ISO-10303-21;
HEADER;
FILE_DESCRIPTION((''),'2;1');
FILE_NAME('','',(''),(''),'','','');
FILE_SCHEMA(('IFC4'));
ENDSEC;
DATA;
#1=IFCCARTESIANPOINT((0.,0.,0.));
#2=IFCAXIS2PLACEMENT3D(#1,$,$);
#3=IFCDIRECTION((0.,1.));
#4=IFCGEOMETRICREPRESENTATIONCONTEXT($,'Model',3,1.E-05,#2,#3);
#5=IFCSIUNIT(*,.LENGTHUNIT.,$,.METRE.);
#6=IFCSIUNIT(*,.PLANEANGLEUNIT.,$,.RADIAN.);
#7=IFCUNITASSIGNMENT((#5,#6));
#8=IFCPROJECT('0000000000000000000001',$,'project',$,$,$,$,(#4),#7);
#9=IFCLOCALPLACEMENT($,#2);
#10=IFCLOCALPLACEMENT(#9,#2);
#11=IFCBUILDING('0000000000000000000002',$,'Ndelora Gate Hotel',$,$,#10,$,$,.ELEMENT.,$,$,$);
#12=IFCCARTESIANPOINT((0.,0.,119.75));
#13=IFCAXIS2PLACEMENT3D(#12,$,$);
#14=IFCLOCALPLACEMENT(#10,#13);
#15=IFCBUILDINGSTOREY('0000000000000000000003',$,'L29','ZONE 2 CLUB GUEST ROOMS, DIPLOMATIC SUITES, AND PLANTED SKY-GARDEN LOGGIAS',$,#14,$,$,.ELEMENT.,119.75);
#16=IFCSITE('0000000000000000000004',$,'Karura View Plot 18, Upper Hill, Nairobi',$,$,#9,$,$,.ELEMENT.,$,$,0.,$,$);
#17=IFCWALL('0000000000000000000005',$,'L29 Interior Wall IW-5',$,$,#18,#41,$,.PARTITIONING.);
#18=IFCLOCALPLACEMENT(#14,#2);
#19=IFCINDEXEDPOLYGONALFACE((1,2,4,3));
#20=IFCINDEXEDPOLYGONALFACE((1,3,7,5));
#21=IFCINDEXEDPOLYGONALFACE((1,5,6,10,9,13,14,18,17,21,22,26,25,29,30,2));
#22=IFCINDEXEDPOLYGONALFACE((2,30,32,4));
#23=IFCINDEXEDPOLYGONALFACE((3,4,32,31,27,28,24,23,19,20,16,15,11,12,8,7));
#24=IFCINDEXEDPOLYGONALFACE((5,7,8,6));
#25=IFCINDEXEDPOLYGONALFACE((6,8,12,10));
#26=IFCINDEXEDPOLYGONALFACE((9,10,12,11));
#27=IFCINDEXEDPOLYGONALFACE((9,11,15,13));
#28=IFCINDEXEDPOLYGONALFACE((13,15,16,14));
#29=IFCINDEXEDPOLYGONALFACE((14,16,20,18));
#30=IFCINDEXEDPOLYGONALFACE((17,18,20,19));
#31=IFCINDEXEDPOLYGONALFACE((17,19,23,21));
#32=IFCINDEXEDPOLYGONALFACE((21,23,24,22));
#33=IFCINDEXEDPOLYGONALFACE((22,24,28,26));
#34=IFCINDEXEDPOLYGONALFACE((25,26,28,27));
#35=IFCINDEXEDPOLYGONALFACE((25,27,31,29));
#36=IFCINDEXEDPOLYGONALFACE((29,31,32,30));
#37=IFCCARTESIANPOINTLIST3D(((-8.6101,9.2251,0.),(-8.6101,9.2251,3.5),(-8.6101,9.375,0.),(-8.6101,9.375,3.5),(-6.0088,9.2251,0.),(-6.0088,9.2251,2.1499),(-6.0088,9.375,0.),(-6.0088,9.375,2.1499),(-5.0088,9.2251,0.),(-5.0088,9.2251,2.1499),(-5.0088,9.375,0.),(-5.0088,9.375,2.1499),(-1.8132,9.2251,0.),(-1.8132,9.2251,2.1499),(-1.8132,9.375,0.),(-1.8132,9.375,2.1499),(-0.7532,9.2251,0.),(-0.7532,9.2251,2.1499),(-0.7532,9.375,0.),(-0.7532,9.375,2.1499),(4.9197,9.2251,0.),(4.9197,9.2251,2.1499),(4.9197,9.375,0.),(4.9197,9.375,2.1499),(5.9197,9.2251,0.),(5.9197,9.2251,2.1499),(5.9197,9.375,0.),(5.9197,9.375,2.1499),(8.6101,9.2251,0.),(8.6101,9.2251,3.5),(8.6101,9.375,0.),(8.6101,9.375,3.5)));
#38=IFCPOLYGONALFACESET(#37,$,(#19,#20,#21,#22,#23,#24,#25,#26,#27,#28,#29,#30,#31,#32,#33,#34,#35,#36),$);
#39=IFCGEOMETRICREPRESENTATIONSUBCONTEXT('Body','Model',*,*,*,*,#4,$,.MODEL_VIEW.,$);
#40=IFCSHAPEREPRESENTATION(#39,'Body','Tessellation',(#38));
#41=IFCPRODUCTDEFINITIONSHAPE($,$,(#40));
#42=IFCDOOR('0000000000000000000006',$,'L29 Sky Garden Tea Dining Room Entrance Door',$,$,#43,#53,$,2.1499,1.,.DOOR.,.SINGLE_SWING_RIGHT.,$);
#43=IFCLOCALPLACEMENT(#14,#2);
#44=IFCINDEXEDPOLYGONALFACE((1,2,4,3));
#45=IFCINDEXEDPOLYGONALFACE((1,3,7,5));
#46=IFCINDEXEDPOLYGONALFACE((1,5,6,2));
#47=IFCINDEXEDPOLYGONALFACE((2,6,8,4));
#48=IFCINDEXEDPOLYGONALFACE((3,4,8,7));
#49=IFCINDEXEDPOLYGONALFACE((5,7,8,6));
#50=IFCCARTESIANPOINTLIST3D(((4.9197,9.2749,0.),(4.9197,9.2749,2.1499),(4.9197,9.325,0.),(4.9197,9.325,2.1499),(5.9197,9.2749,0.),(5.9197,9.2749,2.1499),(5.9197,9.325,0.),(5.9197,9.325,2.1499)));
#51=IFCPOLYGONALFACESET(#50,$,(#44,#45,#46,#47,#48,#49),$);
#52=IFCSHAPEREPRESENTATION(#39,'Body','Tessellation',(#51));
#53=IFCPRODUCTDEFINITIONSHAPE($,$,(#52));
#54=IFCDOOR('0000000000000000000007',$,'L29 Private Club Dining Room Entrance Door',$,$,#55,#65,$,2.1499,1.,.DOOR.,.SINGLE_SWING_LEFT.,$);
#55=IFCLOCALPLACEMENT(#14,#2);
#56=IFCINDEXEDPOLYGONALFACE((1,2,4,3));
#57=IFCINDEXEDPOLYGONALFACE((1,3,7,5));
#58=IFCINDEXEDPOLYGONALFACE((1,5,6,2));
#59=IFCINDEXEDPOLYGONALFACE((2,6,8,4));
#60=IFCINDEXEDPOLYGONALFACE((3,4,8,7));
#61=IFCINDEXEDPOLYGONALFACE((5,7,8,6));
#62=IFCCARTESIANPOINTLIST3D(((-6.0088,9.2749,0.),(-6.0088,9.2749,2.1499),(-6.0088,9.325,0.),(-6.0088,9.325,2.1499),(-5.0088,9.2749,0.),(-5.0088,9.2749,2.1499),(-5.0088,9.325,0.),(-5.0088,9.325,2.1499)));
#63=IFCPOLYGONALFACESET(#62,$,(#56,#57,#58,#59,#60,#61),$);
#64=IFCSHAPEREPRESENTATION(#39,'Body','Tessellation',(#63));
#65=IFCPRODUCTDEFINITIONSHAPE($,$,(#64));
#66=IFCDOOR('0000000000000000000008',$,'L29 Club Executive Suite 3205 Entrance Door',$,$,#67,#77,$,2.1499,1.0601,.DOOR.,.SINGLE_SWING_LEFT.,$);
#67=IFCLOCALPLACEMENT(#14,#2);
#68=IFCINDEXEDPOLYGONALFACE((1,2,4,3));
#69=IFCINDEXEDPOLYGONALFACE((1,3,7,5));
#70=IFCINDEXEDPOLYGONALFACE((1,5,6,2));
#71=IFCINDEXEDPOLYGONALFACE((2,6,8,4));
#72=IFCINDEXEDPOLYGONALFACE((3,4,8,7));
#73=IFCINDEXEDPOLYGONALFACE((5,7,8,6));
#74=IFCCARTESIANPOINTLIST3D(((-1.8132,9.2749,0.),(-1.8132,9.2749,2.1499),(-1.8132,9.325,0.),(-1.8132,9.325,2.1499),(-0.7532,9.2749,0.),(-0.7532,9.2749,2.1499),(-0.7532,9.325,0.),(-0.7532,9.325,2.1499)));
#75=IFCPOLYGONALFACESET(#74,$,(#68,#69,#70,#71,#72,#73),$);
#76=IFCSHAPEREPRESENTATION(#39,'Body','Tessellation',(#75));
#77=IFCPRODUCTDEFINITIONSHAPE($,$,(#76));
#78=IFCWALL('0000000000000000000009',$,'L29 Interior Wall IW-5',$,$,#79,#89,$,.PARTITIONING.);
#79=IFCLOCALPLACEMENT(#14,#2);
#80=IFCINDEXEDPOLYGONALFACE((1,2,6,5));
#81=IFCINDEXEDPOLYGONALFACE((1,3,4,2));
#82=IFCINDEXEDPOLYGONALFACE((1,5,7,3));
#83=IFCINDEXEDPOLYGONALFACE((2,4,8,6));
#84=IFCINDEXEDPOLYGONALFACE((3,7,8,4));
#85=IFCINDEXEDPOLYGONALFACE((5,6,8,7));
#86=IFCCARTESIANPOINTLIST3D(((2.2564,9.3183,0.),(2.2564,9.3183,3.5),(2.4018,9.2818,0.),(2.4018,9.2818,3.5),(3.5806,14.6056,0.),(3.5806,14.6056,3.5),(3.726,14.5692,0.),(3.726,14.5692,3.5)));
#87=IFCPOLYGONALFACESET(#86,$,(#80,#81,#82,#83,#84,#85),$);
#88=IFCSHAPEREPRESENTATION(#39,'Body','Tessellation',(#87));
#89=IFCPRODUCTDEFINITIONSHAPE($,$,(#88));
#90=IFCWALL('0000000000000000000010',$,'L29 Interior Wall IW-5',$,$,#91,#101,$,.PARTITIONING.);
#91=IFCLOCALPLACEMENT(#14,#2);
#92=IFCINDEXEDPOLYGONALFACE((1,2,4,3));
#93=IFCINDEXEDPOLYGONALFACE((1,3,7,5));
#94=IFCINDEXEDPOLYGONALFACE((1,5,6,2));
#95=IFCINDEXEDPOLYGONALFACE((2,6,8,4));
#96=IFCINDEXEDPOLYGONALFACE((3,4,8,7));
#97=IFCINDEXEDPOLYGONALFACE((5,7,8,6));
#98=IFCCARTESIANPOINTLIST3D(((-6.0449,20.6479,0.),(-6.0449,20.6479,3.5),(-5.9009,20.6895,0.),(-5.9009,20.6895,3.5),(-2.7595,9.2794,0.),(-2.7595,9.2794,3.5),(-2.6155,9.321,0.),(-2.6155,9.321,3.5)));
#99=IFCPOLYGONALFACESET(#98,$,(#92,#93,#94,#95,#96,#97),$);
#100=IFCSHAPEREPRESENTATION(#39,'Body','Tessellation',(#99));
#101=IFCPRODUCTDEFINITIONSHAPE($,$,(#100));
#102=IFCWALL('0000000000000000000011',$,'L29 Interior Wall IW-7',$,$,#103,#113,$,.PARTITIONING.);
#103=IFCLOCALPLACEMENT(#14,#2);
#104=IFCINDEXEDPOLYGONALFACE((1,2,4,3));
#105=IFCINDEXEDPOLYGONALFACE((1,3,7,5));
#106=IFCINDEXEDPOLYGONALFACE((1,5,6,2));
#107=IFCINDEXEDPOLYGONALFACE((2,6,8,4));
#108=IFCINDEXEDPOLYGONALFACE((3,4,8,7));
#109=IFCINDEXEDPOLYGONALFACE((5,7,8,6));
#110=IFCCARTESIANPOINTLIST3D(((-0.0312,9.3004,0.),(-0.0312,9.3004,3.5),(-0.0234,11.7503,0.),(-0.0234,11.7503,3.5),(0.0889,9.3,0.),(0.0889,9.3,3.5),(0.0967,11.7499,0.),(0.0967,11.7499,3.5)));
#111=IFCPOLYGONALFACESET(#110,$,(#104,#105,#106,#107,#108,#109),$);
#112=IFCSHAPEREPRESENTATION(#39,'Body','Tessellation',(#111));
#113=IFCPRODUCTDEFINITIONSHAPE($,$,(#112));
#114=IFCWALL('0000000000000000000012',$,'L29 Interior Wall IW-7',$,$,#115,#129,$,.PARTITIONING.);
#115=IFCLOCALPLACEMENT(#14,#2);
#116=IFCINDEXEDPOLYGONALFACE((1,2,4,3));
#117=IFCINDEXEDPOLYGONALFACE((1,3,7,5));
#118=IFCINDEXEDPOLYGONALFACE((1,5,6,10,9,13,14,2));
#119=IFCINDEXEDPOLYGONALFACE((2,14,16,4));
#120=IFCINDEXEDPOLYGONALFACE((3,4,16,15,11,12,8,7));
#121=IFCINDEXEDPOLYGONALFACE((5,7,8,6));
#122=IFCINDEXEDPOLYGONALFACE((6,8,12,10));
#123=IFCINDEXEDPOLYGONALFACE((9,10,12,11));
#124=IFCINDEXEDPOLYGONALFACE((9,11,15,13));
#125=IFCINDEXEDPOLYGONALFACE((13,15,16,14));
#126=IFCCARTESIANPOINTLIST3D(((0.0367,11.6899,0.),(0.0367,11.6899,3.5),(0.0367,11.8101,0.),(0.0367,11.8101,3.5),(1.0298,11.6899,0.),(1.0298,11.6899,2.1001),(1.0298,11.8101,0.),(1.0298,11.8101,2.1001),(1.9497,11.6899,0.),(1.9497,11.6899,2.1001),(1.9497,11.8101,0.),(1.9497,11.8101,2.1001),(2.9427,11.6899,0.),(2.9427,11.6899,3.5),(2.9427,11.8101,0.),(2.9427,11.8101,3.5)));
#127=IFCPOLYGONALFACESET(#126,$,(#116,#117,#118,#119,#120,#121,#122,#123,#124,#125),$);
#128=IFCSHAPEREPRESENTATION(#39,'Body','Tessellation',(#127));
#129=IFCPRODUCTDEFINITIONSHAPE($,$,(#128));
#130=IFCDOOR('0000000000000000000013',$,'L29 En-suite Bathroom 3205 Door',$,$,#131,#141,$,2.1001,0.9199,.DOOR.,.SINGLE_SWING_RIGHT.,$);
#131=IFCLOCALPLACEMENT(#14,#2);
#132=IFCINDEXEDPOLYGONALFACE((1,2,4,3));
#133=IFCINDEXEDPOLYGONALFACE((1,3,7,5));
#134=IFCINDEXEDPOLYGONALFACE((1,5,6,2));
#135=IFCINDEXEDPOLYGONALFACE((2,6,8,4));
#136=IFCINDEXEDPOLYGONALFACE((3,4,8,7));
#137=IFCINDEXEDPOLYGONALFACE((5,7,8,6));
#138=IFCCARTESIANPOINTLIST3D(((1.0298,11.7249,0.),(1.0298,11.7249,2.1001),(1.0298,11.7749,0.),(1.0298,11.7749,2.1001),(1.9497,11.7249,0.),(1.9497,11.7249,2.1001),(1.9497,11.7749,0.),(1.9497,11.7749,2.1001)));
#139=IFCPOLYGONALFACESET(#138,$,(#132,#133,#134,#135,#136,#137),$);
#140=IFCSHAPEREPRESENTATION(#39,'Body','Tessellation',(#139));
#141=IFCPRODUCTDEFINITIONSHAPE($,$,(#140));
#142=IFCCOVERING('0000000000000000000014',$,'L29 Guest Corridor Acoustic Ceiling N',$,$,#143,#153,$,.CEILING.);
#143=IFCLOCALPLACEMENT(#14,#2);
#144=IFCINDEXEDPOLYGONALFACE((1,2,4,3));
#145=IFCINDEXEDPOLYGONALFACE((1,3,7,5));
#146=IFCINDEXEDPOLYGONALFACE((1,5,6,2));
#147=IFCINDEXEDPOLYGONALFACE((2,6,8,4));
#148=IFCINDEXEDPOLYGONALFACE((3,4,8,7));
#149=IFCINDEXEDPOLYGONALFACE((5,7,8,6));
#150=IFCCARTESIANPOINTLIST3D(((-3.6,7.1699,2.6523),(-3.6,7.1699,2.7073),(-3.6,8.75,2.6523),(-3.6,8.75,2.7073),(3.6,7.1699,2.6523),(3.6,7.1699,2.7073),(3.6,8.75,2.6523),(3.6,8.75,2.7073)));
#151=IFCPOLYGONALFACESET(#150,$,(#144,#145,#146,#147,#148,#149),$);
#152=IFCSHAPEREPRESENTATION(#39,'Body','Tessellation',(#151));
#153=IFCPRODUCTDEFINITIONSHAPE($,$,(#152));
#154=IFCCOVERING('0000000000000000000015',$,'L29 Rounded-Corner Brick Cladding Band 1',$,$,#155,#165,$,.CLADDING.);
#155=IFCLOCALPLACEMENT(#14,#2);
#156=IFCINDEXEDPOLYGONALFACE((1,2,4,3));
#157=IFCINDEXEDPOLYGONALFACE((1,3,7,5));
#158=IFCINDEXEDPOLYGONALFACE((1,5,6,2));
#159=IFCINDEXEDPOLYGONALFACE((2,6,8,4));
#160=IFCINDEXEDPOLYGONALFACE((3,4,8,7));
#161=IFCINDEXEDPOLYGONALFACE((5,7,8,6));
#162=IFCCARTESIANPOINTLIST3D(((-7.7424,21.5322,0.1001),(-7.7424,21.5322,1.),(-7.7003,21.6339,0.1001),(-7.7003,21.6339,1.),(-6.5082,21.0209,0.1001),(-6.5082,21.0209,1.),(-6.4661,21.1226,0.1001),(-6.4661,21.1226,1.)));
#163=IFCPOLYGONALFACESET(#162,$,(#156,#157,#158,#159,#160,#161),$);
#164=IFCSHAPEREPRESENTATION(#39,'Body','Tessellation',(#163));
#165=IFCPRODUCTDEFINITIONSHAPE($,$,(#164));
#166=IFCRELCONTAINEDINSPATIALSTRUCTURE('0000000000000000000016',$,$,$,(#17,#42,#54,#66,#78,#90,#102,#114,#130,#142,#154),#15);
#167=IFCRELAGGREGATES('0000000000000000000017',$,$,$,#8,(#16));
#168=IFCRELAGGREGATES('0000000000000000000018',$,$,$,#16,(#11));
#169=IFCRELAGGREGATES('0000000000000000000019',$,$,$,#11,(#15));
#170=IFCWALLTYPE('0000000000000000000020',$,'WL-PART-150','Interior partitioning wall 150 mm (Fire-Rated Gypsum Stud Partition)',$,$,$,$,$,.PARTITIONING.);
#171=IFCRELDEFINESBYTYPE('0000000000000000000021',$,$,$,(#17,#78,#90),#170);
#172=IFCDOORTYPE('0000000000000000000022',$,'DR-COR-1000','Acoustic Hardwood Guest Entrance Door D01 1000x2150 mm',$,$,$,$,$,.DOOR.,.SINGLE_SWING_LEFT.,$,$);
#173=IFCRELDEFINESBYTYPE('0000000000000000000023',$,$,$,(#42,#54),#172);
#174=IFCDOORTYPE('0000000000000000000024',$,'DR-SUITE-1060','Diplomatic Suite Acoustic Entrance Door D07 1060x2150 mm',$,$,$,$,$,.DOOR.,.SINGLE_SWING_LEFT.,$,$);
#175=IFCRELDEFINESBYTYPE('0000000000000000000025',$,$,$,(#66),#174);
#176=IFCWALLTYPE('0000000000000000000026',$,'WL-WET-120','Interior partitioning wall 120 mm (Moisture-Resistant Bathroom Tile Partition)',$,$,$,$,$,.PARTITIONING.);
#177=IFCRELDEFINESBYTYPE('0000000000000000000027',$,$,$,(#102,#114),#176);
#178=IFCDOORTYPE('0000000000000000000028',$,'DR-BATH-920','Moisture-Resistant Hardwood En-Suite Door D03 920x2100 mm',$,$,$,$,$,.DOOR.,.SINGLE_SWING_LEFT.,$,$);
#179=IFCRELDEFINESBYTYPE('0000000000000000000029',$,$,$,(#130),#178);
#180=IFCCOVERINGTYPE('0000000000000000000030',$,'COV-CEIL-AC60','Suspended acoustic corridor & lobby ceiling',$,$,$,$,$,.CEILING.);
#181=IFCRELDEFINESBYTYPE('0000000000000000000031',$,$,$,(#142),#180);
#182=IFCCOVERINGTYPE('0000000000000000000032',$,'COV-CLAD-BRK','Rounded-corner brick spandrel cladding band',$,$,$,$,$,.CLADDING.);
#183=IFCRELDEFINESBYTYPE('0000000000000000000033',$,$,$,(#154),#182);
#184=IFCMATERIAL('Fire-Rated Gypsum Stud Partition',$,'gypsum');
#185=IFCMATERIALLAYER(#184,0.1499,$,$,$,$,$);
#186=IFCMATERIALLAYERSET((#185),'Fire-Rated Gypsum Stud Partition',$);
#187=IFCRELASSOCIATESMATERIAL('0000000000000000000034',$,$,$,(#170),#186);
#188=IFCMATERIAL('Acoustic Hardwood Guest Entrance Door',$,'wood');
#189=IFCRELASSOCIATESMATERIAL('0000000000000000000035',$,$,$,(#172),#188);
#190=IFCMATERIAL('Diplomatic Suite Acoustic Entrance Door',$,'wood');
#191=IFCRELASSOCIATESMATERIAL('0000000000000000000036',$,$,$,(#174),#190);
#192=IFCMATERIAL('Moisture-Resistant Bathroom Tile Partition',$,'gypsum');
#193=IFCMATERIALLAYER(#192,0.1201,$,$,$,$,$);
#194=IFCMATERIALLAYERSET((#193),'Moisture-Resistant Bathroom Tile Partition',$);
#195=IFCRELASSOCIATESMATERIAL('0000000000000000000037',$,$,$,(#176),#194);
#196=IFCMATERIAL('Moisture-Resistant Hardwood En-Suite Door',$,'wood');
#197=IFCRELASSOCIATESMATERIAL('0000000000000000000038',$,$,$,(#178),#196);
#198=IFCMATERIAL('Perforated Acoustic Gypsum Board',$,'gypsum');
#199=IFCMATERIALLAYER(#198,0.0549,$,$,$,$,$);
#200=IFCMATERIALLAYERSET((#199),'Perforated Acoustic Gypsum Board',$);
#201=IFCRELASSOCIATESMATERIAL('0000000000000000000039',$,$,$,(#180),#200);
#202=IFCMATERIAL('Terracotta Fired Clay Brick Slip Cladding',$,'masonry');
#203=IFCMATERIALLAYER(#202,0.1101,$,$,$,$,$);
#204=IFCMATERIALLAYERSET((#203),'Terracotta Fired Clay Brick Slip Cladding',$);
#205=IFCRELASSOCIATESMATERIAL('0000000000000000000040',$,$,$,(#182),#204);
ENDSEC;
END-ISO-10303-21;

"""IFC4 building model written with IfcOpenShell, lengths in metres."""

from ifc_helpers import new_model, si_unit, direction, frame, frame_2d, origin, origin_2d, place, context, subcontext, project, spatial, rectangle, extrude, material, layer, layer_set, type_object, element, fill, save


model = new_model("IFC4")

# Units and contexts
model_context = context("Model", 3, precision=1e-05, world=origin(), true_north=direction((0.0, 1.0)))
body_context = subcontext(model_context, "Body", "Model", "MODEL_VIEW")
ifc_project = project(units=[si_unit("LENGTHUNIT", "METRE"), si_unit("PLANEANGLEUNIT", "RADIAN")], contexts=[model_context])

# Site, building, storey
site_placement = place(None, origin())
site = spatial("IfcSite", under=ifc_project, at=site_placement, Name="Karura View Plot 18, Upper Hill, Nairobi", CompositionType="ELEMENT", RefElevation=0.0)
building_placement = place(site_placement, origin())
building = spatial("IfcBuilding", under=site, at=building_placement, Name="Ndelora Gate Hotel", CompositionType="ELEMENT")
storey_placement = place(building_placement, frame((0.0, 0.0, 119.75)))
storey = spatial("IfcBuildingStorey", under=building, at=storey_placement, Name="L29", Description="ZONE 2 CLUB GUEST ROOMS, DIPLOMATIC SUITES, AND PLANTED SKY-GARDEN LOGGIAS", CompositionType="ELEMENT", Elevation=119.75)

# Wall, openings, doors
ifc_material_1 = material(Name="Fire-Rated Gypsum Stud Partition", Category="gypsum")
ifc_layer_1 = layer(ifc_material_1, 0.1499)
ifc_layer_set_1 = layer_set([ifc_layer_1], Name="Fire-Rated Gypsum Stud Partition")
wall_type_1 = type_object("IfcWallType", Name="WL-PART-150", Description="Interior partitioning wall 150 mm (Fire-Rated Gypsum Stud Partition)", PredefinedType="PARTITIONING", material=ifc_layer_set_1)
wall_1_placement = place(storey_placement, frame((-8.6101, 9.3, 0.0), z_axis=(0.0, 0.0, 1.0), x_axis=(1.0, 0.0, 0.0)))
wall_1 = element("IfcWall", 1, at=wall_1_placement, inside=storey, type_object=wall_type_1, Name="L29 Interior Wall IW-5", PredefinedType="PARTITIONING", context=body_context, shape_type="SweptSolid", body=[
    extrude(rectangle(XDim=17.2202, YDim=0.1499, at=frame_2d((8.6101, 0.0))), origin(), (0.0, 0.0, 1.0), 3.5),
])
opening_1_placement = place(wall_1_placement, frame((13.5298, 0.0, 0.0)))
opening_1 = element("IfcOpeningElement", 2, at=opening_1_placement, cuts=wall_1, PredefinedType="OPENING", context=body_context, shape_type="SweptSolid", body=[
    extrude(rectangle(XDim=1.0, YDim=2.1499, at=frame_2d((0.5, 1.075))), frame((0.0, 0.085, 0.0), z_axis=(0.0, -1.0, 0.0), x_axis=(1.0, 0.0, 0.0)), (0.0, 0.0, 1.0), 0.1699),
])
opening_2_placement = place(wall_1_placement, frame((6.7969, 0.0, 0.0)))
opening_2 = element("IfcOpeningElement", 3, at=opening_2_placement, cuts=wall_1, PredefinedType="OPENING", context=body_context, shape_type="SweptSolid", body=[
    extrude(rectangle(XDim=1.0601, YDim=2.1499, at=frame_2d((0.53, 1.075))), frame((0.0, 0.085, 0.0), z_axis=(0.0, -1.0, 0.0), x_axis=(1.0, 0.0, 0.0)), (0.0, 0.0, 1.0), 0.1699),
])
opening_3_placement = place(wall_1_placement, frame((2.6013, 0.0, 0.0)))
opening_3 = element("IfcOpeningElement", 4, at=opening_3_placement, cuts=wall_1, PredefinedType="OPENING", context=body_context, shape_type="SweptSolid", body=[
    extrude(rectangle(XDim=1.0, YDim=2.1499, at=frame_2d((0.5, 1.075))), frame((0.0, 0.085, 0.0), z_axis=(0.0, -1.0, 0.0), x_axis=(1.0, 0.0, 0.0)), (0.0, 0.0, 1.0), 0.1699),
])
ifc_material_2 = material(Name="Acoustic Hardwood Guest Entrance Door", Category="wood")
door_type_1 = type_object("IfcDoorType", Name="DR-COR-1000", Description="Acoustic Hardwood Guest Entrance Door D01 1000x2150 mm", OperationType="SINGLE_SWING_LEFT", PredefinedType="DOOR", material=ifc_material_2)
door_1_placement = place(opening_1_placement, origin())
door_1 = element("IfcDoor", 5, at=door_1_placement, inside=storey, type_object=door_type_1, Name="L29 Sky Garden Tea Dining Room Entrance Door", OperationType="SINGLE_SWING_RIGHT", OverallHeight=2.1499, OverallWidth=1.0, PredefinedType="DOOR", context=body_context, shape_type="SweptSolid", body=[
    extrude(rectangle(XDim=1.0, YDim=2.1499, at=frame_2d((0.5, 1.075))), frame((0.0, 0.0249, 0.0), z_axis=(0.0, -1.0, 0.0), x_axis=(1.0, 0.0, 0.0)), (0.0, 0.0, 1.0), 0.05),
])
fill(opening_1, door_1)
door_2_placement = place(opening_3_placement, origin())
door_2 = element("IfcDoor", 6, at=door_2_placement, inside=storey, type_object=door_type_1, Name="L29 Private Club Dining Room Entrance Door", OperationType="SINGLE_SWING_LEFT", OverallHeight=2.1499, OverallWidth=1.0, PredefinedType="DOOR", context=body_context, shape_type="SweptSolid", body=[
    extrude(rectangle(XDim=1.0, YDim=2.1499, at=frame_2d((0.5, 1.075))), frame((0.0, 0.0249, 0.0), z_axis=(0.0, -1.0, 0.0), x_axis=(1.0, 0.0, 0.0)), (0.0, 0.0, 1.0), 0.05),
])
fill(opening_3, door_2)
ifc_material_3 = material(Name="Diplomatic Suite Acoustic Entrance Door", Category="wood")
door_type_2 = type_object("IfcDoorType", Name="DR-SUITE-1060", Description="Diplomatic Suite Acoustic Entrance Door D07 1060x2150 mm", OperationType="SINGLE_SWING_LEFT", PredefinedType="DOOR", material=ifc_material_3)
door_3_placement = place(opening_2_placement, origin())
door_3 = element("IfcDoor", 7, at=door_3_placement, inside=storey, type_object=door_type_2, Name="L29 Club Executive Suite 3205 Entrance Door", OperationType="SINGLE_SWING_LEFT", OverallHeight=2.1499, OverallWidth=1.0601, PredefinedType="DOOR", context=body_context, shape_type="SweptSolid", body=[
    extrude(rectangle(XDim=1.0601, YDim=2.1499, at=frame_2d((0.53, 1.075))), frame((0.0, 0.0249, 0.0), z_axis=(0.0, -1.0, 0.0), x_axis=(1.0, 0.0, 0.0)), (0.0, 0.0, 1.0), 0.05),
])
fill(opening_2, door_3)

# Walls
wall_2_placement = place(storey_placement, frame((2.3291, 9.3, 0.0), z_axis=(0.0, 0.0, 1.0), x_axis=(0.242947, 0.97004, 0.0)))
element("IfcWall", 8, at=wall_2_placement, inside=storey, type_object=wall_type_1, Name="L29 Interior Wall IW-5", PredefinedType="PARTITIONING", context=body_context, shape_type="SweptSolid", body=[
    extrude(rectangle(XDim=5.4507, YDim=0.1499, at=frame_2d((2.7253, 0.0))), origin(), (0.0, 0.0, 1.0), 3.5),
])
wall_3_placement = place(storey_placement, frame((-2.6875, 9.3, 0.0), z_axis=(0.0, 0.0, 1.0), x_axis=(-0.277627, 0.960689, 0.0)))
element("IfcWall", 9, at=wall_3_placement, inside=storey, type_object=wall_type_1, Name="L29 Interior Wall IW-5", PredefinedType="PARTITIONING", context=body_context, shape_type="SweptSolid", body=[
    extrude(rectangle(XDim=11.8337, YDim=0.1499, at=frame_2d((5.917, 0.0))), origin(), (0.0, 0.0, 1.0), 3.5),
])
ifc_material_4 = material(Name="Moisture-Resistant Bathroom Tile Partition", Category="gypsum")
ifc_layer_2 = layer(ifc_material_4, 0.1201)
ifc_layer_set_2 = layer_set([ifc_layer_2], Name="Moisture-Resistant Bathroom Tile Partition")
wall_type_2 = type_object("IfcWallType", Name="WL-WET-120", Description="Interior partitioning wall 120 mm (Moisture-Resistant Bathroom Tile Partition)", PredefinedType="PARTITIONING", material=ifc_layer_set_2)
wall_4_placement = place(storey_placement, frame((0.0288, 9.3, 0.0), z_axis=(0.0, 0.0, 1.0), x_axis=(0.003189, 0.999995, 0.0)))
element("IfcWall", 10, at=wall_4_placement, inside=storey, type_object=wall_type_2, Name="L29 Interior Wall IW-7", PredefinedType="PARTITIONING", context=body_context, shape_type="SweptSolid", body=[
    extrude(rectangle(XDim=2.45, YDim=0.1201, at=frame_2d((1.2251, 0.0))), origin(), (0.0, 0.0, 1.0), 3.5),
])

# Wall, opening, door
wall_5_placement = place(storey_placement, frame((0.0366, 11.75, 0.0), z_axis=(0.0, 0.0, 1.0), x_axis=(1.0, 0.0, 0.0)))
wall_5 = element("IfcWall", 11, at=wall_5_placement, inside=storey, type_object=wall_type_2, Name="L29 Interior Wall IW-7", PredefinedType="PARTITIONING", context=body_context, shape_type="SweptSolid", body=[
    extrude(rectangle(XDim=2.906, YDim=0.1201, at=frame_2d((1.4531, 0.0))), origin(), (0.0, 0.0, 1.0), 3.5),
])
opening_4_placement = place(wall_5_placement, frame((0.9932, 0.0, 0.0)))
opening_4 = element("IfcOpeningElement", 12, at=opening_4_placement, cuts=wall_5, PredefinedType="OPENING", context=body_context, shape_type="SweptSolid", body=[
    extrude(rectangle(XDim=0.9199, YDim=2.1001, at=frame_2d((0.46, 1.05))), frame((0.0, 0.0701, 0.0), z_axis=(0.0, -1.0, 0.0), x_axis=(1.0, 0.0, 0.0)), (0.0, 0.0, 1.0), 0.1401),
])
ifc_material_5 = material(Name="Moisture-Resistant Hardwood En-Suite Door", Category="wood")
door_type_3 = type_object("IfcDoorType", Name="DR-BATH-920", Description="Moisture-Resistant Hardwood En-Suite Door D03 920x2100 mm", OperationType="SINGLE_SWING_LEFT", PredefinedType="DOOR", material=ifc_material_5)
door_4_placement = place(opening_4_placement, origin())
door_4 = element("IfcDoor", 13, at=door_4_placement, inside=storey, type_object=door_type_3, Name="L29 En-suite Bathroom 3205 Door", OperationType="SINGLE_SWING_RIGHT", OverallHeight=2.1001, OverallWidth=0.9199, PredefinedType="DOOR", context=body_context, shape_type="SweptSolid", body=[
    extrude(rectangle(XDim=0.9199, YDim=2.1001, at=frame_2d((0.46, 1.05))), frame((0.0, 0.0249, 0.0), z_axis=(0.0, -1.0, 0.0), x_axis=(1.0, 0.0, 0.0)), (0.0, 0.0, 1.0), 0.05),
])
fill(opening_4, door_4)

# Coverings
ifc_material_6 = material(Name="Perforated Acoustic Gypsum Board", Category="gypsum")
ifc_layer_3 = layer(ifc_material_6, 0.0549)
ifc_layer_set_3 = layer_set([ifc_layer_3], Name="Perforated Acoustic Gypsum Board")
covering_type_1 = type_object("IfcCoveringType", Name="COV-CEIL-AC60", Description="Suspended acoustic corridor & lobby ceiling", PredefinedType="CEILING", material=ifc_layer_set_3)
covering_1_placement = place(storey_placement, frame((0.0, 7.96, 2.6523), z_axis=(0.0, 0.0, 1.0), x_axis=(1.0, 0.0, 0.0)))
element("IfcCovering", 14, at=covering_1_placement, inside=storey, type_object=covering_type_1, Name="L29 Guest Corridor Acoustic Ceiling N", PredefinedType="CEILING", context=body_context, shape_type="SweptSolid", body=[
    extrude(rectangle(XDim=7.2, YDim=1.5801, at=origin_2d()), origin(), (0.0, 0.0, 1.0), 0.0549),
])
ifc_material_7 = material(Name="Terracotta Fired Clay Brick Slip Cladding", Category="masonry")
ifc_layer_4 = layer(ifc_material_7, 0.1101)
ifc_layer_set_4 = layer_set([ifc_layer_4], Name="Terracotta Fired Clay Brick Slip Cladding")
covering_type_2 = type_object("IfcCoveringType", Name="COV-CLAD-BRK", Description="Rounded-corner brick spandrel cladding band", PredefinedType="CLADDING", material=ifc_layer_set_4)
covering_2_placement = place(storey_placement, frame((-7.1042, 21.3274, 0.1001), z_axis=(0.0, 0.0, 1.0), x_axis=(-0.92388, 0.382683, 0.0)))
element("IfcCovering", 15, at=covering_2_placement, inside=storey, type_object=covering_type_2, Name="L29 Rounded-Corner Brick Cladding Band 1", PredefinedType="CLADDING", context=body_context, shape_type="SweptSolid", body=[
    extrude(rectangle(XDim=1.3359, YDim=0.1101, at=origin_2d()), origin(), (0.0, 0.0, 1.0), 0.8999),
])

save(model, "model.ifc")
